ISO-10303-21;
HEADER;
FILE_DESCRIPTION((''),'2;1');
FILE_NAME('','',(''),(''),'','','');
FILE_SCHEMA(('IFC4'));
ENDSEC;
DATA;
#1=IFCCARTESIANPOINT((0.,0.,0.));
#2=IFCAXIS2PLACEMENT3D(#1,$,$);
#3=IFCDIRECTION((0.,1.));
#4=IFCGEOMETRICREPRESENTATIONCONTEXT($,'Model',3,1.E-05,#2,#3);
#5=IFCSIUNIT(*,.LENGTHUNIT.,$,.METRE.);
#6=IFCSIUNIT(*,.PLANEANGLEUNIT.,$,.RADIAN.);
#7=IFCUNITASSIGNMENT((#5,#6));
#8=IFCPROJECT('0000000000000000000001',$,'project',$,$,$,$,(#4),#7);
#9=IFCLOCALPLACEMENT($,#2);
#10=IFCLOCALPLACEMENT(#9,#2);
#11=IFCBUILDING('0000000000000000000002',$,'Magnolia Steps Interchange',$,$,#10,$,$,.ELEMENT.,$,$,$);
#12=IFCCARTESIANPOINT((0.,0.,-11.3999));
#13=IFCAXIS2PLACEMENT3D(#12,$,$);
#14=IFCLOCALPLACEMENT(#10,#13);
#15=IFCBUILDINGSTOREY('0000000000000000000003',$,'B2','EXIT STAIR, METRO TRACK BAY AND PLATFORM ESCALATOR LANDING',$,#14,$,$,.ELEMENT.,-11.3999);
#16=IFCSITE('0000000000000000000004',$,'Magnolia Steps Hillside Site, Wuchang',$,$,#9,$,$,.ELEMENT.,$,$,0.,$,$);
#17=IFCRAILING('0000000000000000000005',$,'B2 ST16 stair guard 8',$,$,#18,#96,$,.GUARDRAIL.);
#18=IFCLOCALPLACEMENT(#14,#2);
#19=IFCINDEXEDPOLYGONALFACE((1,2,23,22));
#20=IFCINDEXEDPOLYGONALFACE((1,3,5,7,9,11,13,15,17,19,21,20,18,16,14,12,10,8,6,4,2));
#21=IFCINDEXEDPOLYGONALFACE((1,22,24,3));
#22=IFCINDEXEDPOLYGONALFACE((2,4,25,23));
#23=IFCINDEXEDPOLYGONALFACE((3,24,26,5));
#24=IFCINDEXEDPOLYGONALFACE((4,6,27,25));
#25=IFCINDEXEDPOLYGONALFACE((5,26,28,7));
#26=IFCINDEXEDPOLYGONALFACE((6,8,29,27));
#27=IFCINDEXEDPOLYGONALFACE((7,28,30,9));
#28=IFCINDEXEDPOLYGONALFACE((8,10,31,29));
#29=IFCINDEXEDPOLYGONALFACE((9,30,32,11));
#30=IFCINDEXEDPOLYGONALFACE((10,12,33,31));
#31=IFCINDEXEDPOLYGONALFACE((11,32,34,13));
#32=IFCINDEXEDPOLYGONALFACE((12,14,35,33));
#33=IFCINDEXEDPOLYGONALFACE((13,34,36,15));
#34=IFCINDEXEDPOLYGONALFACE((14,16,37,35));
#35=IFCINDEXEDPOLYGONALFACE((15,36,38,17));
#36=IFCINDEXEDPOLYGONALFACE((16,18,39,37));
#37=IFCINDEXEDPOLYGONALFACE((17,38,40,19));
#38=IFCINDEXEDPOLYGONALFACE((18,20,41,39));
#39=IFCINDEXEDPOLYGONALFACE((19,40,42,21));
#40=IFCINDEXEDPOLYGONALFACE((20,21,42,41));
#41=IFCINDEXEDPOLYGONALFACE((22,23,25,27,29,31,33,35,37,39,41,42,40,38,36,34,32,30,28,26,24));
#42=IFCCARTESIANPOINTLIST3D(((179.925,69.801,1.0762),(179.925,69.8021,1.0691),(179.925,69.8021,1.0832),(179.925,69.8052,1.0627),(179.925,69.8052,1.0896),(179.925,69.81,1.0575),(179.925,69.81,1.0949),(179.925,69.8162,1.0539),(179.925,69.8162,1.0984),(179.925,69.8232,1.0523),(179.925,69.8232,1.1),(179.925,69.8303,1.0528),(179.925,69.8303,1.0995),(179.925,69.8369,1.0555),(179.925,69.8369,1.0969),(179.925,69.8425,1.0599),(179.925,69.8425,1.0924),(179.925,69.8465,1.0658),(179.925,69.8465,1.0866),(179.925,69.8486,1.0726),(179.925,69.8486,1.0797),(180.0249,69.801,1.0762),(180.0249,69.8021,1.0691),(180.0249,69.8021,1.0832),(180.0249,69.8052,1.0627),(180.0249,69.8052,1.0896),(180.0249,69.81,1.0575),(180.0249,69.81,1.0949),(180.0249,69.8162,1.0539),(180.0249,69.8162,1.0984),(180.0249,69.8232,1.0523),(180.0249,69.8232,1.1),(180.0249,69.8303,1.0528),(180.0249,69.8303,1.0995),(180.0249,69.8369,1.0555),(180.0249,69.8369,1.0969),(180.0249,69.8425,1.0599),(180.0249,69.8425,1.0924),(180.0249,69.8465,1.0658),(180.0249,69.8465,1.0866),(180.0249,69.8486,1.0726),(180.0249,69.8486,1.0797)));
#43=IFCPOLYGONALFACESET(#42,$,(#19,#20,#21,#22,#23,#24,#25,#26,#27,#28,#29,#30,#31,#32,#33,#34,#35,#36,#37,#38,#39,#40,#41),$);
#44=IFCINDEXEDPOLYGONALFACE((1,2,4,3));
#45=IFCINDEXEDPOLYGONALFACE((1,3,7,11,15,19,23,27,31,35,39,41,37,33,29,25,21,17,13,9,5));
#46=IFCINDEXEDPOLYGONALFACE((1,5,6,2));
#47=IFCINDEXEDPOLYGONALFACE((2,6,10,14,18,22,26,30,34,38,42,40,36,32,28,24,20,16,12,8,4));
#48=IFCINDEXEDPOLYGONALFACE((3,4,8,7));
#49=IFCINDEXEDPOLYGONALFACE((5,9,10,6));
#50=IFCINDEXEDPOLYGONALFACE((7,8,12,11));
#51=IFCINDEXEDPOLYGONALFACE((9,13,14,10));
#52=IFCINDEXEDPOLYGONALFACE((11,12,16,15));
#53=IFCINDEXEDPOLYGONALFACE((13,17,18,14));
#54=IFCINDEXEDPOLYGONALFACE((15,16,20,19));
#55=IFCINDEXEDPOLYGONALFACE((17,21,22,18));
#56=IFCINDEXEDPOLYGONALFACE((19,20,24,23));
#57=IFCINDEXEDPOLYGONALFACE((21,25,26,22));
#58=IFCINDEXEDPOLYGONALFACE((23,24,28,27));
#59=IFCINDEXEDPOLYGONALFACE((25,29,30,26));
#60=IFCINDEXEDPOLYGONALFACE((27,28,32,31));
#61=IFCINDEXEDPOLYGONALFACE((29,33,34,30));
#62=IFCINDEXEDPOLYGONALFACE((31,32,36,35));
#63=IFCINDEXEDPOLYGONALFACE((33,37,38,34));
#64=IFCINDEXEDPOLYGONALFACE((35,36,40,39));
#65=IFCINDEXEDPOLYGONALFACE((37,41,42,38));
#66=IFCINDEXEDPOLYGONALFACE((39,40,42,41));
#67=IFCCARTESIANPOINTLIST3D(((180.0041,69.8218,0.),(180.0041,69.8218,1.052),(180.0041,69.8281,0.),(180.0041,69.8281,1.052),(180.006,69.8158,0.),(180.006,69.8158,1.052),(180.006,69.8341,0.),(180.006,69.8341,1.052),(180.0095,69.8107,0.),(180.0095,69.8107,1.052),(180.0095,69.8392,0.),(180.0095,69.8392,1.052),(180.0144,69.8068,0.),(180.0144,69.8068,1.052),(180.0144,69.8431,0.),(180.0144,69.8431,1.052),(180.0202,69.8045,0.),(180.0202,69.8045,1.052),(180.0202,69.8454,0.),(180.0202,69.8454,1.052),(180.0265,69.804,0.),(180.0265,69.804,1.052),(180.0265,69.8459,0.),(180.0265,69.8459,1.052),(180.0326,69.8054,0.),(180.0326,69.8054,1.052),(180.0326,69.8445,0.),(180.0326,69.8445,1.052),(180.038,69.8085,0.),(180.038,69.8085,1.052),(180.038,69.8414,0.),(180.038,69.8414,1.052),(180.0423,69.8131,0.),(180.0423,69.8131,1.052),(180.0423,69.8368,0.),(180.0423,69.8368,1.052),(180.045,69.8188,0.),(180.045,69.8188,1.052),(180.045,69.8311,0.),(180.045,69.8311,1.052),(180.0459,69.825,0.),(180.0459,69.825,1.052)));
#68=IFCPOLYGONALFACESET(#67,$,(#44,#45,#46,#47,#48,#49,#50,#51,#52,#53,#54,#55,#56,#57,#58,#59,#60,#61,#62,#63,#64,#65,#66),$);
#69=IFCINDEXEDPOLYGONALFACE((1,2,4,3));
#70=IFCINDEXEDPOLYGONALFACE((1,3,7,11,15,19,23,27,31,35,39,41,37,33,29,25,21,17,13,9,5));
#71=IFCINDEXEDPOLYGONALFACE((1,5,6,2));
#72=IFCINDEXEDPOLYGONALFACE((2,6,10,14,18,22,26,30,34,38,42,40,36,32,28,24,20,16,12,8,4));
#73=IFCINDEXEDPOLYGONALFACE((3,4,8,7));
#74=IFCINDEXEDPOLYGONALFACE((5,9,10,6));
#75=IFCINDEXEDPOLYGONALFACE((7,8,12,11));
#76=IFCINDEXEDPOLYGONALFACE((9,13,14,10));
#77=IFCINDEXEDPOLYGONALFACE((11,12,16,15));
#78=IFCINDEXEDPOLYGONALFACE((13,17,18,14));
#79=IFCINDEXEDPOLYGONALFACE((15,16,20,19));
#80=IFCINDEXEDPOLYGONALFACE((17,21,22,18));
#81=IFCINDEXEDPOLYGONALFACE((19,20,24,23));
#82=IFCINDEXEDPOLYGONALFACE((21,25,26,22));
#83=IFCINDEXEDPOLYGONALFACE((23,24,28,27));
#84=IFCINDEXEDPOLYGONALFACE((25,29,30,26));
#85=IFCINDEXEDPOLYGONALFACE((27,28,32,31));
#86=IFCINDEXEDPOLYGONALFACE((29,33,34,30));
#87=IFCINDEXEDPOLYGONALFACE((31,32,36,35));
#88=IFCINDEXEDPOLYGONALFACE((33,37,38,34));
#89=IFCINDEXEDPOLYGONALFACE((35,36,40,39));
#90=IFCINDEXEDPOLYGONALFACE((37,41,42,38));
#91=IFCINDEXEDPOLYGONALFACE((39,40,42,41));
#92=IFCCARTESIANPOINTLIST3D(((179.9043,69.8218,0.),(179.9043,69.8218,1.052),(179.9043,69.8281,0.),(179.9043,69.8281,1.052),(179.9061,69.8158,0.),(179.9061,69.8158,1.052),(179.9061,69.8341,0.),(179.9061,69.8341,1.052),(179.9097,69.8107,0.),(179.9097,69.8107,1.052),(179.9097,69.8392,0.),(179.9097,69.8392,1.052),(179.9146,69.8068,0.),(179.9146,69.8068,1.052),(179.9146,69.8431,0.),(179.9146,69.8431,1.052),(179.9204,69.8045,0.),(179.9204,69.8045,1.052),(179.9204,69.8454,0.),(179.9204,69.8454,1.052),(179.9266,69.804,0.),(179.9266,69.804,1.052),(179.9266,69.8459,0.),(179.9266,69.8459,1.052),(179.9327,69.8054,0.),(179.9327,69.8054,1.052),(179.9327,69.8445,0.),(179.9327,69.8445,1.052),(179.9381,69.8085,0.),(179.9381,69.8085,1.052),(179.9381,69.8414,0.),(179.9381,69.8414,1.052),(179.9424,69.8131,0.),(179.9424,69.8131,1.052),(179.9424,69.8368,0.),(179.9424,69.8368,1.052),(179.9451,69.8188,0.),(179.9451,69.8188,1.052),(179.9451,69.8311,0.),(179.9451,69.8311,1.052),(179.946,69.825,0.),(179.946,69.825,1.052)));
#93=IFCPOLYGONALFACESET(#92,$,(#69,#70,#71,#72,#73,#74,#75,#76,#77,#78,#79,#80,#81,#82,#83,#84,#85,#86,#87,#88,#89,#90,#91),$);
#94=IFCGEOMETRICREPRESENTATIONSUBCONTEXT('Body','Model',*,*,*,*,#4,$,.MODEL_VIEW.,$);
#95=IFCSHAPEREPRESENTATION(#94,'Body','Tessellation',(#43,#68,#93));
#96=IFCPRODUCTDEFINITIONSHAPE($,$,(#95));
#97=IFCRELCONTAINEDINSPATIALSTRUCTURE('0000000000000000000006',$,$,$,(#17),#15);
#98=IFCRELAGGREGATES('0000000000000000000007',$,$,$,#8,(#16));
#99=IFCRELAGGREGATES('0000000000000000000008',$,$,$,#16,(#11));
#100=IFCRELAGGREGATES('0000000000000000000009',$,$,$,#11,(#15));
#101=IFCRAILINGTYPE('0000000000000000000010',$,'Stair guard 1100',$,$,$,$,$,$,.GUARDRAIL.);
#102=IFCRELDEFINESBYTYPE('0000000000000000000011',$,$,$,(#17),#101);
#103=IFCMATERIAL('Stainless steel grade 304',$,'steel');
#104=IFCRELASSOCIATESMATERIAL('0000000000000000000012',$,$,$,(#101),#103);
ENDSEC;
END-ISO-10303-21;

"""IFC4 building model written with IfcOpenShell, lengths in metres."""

from ifc_helpers import new_model, si_unit, direction, frame, origin, origin_2d, place, context, subcontext, project, spatial, circle, extrude, material, type_object, element, save


model = new_model("IFC4")

# Units and contexts
model_context = context("Model", 3, precision=1e-05, world=origin(), true_north=direction((0.0, 1.0)))
body_context = subcontext(model_context, "Body", "Model", "MODEL_VIEW")
ifc_project = project(units=[si_unit("LENGTHUNIT", "METRE"), si_unit("PLANEANGLEUNIT", "RADIAN")], contexts=[model_context])

# Site, building, storey
site_placement = place(None, origin())
site = spatial("IfcSite", under=ifc_project, at=site_placement, Name="Magnolia Steps Hillside Site, Wuchang", CompositionType="ELEMENT", RefElevation=0.0)
building_placement = place(site_placement, origin())
building = spatial("IfcBuilding", under=site, at=building_placement, Name="Magnolia Steps Interchange", CompositionType="ELEMENT")
storey_placement = place(building_placement, frame((0.0, 0.0, -11.3999)))
storey = spatial("IfcBuildingStorey", under=building, at=storey_placement, Name="B2", Description="EXIT STAIR, METRO TRACK BAY AND PLATFORM ESCALATOR LANDING", CompositionType="ELEMENT", Elevation=-11.3999)

# Railing
ifc_material_1 = material(Name="Stainless steel grade 304", Category="steel")
railing_type_1 = type_object("IfcRailingType", Name="Stair guard 1100", PredefinedType="GUARDRAIL", material=ifc_material_1)
railing_1_placement = place(storey_placement, frame((180.0249, 69.825, 0.0)))
element("IfcRailing", 1, at=railing_1_placement, inside=storey, type_object=railing_type_1, Name="B2 ST16 stair guard 8", PredefinedType="GUARDRAIL", context=body_context, shape_type="SweptSolid", body=[
    extrude(circle(Radius=0.0239, at=origin_2d()), frame((0.0, 0.0, 1.0762), z_axis=(-1.0, 0.0, 0.0), x_axis=(0.0, -1.0, 0.0)), (0.0, 0.0, 1.0), 0.0999),
    extrude(circle(Radius=0.021, at=origin_2d()), origin(), (0.0, 0.0, 1.0), 1.052),
    extrude(circle(Radius=0.021, at=origin_2d()), frame((-0.0999, 0.0, 0.0)), (0.0, 0.0, 1.0), 1.052),
])

save(model, "model.ifc")
